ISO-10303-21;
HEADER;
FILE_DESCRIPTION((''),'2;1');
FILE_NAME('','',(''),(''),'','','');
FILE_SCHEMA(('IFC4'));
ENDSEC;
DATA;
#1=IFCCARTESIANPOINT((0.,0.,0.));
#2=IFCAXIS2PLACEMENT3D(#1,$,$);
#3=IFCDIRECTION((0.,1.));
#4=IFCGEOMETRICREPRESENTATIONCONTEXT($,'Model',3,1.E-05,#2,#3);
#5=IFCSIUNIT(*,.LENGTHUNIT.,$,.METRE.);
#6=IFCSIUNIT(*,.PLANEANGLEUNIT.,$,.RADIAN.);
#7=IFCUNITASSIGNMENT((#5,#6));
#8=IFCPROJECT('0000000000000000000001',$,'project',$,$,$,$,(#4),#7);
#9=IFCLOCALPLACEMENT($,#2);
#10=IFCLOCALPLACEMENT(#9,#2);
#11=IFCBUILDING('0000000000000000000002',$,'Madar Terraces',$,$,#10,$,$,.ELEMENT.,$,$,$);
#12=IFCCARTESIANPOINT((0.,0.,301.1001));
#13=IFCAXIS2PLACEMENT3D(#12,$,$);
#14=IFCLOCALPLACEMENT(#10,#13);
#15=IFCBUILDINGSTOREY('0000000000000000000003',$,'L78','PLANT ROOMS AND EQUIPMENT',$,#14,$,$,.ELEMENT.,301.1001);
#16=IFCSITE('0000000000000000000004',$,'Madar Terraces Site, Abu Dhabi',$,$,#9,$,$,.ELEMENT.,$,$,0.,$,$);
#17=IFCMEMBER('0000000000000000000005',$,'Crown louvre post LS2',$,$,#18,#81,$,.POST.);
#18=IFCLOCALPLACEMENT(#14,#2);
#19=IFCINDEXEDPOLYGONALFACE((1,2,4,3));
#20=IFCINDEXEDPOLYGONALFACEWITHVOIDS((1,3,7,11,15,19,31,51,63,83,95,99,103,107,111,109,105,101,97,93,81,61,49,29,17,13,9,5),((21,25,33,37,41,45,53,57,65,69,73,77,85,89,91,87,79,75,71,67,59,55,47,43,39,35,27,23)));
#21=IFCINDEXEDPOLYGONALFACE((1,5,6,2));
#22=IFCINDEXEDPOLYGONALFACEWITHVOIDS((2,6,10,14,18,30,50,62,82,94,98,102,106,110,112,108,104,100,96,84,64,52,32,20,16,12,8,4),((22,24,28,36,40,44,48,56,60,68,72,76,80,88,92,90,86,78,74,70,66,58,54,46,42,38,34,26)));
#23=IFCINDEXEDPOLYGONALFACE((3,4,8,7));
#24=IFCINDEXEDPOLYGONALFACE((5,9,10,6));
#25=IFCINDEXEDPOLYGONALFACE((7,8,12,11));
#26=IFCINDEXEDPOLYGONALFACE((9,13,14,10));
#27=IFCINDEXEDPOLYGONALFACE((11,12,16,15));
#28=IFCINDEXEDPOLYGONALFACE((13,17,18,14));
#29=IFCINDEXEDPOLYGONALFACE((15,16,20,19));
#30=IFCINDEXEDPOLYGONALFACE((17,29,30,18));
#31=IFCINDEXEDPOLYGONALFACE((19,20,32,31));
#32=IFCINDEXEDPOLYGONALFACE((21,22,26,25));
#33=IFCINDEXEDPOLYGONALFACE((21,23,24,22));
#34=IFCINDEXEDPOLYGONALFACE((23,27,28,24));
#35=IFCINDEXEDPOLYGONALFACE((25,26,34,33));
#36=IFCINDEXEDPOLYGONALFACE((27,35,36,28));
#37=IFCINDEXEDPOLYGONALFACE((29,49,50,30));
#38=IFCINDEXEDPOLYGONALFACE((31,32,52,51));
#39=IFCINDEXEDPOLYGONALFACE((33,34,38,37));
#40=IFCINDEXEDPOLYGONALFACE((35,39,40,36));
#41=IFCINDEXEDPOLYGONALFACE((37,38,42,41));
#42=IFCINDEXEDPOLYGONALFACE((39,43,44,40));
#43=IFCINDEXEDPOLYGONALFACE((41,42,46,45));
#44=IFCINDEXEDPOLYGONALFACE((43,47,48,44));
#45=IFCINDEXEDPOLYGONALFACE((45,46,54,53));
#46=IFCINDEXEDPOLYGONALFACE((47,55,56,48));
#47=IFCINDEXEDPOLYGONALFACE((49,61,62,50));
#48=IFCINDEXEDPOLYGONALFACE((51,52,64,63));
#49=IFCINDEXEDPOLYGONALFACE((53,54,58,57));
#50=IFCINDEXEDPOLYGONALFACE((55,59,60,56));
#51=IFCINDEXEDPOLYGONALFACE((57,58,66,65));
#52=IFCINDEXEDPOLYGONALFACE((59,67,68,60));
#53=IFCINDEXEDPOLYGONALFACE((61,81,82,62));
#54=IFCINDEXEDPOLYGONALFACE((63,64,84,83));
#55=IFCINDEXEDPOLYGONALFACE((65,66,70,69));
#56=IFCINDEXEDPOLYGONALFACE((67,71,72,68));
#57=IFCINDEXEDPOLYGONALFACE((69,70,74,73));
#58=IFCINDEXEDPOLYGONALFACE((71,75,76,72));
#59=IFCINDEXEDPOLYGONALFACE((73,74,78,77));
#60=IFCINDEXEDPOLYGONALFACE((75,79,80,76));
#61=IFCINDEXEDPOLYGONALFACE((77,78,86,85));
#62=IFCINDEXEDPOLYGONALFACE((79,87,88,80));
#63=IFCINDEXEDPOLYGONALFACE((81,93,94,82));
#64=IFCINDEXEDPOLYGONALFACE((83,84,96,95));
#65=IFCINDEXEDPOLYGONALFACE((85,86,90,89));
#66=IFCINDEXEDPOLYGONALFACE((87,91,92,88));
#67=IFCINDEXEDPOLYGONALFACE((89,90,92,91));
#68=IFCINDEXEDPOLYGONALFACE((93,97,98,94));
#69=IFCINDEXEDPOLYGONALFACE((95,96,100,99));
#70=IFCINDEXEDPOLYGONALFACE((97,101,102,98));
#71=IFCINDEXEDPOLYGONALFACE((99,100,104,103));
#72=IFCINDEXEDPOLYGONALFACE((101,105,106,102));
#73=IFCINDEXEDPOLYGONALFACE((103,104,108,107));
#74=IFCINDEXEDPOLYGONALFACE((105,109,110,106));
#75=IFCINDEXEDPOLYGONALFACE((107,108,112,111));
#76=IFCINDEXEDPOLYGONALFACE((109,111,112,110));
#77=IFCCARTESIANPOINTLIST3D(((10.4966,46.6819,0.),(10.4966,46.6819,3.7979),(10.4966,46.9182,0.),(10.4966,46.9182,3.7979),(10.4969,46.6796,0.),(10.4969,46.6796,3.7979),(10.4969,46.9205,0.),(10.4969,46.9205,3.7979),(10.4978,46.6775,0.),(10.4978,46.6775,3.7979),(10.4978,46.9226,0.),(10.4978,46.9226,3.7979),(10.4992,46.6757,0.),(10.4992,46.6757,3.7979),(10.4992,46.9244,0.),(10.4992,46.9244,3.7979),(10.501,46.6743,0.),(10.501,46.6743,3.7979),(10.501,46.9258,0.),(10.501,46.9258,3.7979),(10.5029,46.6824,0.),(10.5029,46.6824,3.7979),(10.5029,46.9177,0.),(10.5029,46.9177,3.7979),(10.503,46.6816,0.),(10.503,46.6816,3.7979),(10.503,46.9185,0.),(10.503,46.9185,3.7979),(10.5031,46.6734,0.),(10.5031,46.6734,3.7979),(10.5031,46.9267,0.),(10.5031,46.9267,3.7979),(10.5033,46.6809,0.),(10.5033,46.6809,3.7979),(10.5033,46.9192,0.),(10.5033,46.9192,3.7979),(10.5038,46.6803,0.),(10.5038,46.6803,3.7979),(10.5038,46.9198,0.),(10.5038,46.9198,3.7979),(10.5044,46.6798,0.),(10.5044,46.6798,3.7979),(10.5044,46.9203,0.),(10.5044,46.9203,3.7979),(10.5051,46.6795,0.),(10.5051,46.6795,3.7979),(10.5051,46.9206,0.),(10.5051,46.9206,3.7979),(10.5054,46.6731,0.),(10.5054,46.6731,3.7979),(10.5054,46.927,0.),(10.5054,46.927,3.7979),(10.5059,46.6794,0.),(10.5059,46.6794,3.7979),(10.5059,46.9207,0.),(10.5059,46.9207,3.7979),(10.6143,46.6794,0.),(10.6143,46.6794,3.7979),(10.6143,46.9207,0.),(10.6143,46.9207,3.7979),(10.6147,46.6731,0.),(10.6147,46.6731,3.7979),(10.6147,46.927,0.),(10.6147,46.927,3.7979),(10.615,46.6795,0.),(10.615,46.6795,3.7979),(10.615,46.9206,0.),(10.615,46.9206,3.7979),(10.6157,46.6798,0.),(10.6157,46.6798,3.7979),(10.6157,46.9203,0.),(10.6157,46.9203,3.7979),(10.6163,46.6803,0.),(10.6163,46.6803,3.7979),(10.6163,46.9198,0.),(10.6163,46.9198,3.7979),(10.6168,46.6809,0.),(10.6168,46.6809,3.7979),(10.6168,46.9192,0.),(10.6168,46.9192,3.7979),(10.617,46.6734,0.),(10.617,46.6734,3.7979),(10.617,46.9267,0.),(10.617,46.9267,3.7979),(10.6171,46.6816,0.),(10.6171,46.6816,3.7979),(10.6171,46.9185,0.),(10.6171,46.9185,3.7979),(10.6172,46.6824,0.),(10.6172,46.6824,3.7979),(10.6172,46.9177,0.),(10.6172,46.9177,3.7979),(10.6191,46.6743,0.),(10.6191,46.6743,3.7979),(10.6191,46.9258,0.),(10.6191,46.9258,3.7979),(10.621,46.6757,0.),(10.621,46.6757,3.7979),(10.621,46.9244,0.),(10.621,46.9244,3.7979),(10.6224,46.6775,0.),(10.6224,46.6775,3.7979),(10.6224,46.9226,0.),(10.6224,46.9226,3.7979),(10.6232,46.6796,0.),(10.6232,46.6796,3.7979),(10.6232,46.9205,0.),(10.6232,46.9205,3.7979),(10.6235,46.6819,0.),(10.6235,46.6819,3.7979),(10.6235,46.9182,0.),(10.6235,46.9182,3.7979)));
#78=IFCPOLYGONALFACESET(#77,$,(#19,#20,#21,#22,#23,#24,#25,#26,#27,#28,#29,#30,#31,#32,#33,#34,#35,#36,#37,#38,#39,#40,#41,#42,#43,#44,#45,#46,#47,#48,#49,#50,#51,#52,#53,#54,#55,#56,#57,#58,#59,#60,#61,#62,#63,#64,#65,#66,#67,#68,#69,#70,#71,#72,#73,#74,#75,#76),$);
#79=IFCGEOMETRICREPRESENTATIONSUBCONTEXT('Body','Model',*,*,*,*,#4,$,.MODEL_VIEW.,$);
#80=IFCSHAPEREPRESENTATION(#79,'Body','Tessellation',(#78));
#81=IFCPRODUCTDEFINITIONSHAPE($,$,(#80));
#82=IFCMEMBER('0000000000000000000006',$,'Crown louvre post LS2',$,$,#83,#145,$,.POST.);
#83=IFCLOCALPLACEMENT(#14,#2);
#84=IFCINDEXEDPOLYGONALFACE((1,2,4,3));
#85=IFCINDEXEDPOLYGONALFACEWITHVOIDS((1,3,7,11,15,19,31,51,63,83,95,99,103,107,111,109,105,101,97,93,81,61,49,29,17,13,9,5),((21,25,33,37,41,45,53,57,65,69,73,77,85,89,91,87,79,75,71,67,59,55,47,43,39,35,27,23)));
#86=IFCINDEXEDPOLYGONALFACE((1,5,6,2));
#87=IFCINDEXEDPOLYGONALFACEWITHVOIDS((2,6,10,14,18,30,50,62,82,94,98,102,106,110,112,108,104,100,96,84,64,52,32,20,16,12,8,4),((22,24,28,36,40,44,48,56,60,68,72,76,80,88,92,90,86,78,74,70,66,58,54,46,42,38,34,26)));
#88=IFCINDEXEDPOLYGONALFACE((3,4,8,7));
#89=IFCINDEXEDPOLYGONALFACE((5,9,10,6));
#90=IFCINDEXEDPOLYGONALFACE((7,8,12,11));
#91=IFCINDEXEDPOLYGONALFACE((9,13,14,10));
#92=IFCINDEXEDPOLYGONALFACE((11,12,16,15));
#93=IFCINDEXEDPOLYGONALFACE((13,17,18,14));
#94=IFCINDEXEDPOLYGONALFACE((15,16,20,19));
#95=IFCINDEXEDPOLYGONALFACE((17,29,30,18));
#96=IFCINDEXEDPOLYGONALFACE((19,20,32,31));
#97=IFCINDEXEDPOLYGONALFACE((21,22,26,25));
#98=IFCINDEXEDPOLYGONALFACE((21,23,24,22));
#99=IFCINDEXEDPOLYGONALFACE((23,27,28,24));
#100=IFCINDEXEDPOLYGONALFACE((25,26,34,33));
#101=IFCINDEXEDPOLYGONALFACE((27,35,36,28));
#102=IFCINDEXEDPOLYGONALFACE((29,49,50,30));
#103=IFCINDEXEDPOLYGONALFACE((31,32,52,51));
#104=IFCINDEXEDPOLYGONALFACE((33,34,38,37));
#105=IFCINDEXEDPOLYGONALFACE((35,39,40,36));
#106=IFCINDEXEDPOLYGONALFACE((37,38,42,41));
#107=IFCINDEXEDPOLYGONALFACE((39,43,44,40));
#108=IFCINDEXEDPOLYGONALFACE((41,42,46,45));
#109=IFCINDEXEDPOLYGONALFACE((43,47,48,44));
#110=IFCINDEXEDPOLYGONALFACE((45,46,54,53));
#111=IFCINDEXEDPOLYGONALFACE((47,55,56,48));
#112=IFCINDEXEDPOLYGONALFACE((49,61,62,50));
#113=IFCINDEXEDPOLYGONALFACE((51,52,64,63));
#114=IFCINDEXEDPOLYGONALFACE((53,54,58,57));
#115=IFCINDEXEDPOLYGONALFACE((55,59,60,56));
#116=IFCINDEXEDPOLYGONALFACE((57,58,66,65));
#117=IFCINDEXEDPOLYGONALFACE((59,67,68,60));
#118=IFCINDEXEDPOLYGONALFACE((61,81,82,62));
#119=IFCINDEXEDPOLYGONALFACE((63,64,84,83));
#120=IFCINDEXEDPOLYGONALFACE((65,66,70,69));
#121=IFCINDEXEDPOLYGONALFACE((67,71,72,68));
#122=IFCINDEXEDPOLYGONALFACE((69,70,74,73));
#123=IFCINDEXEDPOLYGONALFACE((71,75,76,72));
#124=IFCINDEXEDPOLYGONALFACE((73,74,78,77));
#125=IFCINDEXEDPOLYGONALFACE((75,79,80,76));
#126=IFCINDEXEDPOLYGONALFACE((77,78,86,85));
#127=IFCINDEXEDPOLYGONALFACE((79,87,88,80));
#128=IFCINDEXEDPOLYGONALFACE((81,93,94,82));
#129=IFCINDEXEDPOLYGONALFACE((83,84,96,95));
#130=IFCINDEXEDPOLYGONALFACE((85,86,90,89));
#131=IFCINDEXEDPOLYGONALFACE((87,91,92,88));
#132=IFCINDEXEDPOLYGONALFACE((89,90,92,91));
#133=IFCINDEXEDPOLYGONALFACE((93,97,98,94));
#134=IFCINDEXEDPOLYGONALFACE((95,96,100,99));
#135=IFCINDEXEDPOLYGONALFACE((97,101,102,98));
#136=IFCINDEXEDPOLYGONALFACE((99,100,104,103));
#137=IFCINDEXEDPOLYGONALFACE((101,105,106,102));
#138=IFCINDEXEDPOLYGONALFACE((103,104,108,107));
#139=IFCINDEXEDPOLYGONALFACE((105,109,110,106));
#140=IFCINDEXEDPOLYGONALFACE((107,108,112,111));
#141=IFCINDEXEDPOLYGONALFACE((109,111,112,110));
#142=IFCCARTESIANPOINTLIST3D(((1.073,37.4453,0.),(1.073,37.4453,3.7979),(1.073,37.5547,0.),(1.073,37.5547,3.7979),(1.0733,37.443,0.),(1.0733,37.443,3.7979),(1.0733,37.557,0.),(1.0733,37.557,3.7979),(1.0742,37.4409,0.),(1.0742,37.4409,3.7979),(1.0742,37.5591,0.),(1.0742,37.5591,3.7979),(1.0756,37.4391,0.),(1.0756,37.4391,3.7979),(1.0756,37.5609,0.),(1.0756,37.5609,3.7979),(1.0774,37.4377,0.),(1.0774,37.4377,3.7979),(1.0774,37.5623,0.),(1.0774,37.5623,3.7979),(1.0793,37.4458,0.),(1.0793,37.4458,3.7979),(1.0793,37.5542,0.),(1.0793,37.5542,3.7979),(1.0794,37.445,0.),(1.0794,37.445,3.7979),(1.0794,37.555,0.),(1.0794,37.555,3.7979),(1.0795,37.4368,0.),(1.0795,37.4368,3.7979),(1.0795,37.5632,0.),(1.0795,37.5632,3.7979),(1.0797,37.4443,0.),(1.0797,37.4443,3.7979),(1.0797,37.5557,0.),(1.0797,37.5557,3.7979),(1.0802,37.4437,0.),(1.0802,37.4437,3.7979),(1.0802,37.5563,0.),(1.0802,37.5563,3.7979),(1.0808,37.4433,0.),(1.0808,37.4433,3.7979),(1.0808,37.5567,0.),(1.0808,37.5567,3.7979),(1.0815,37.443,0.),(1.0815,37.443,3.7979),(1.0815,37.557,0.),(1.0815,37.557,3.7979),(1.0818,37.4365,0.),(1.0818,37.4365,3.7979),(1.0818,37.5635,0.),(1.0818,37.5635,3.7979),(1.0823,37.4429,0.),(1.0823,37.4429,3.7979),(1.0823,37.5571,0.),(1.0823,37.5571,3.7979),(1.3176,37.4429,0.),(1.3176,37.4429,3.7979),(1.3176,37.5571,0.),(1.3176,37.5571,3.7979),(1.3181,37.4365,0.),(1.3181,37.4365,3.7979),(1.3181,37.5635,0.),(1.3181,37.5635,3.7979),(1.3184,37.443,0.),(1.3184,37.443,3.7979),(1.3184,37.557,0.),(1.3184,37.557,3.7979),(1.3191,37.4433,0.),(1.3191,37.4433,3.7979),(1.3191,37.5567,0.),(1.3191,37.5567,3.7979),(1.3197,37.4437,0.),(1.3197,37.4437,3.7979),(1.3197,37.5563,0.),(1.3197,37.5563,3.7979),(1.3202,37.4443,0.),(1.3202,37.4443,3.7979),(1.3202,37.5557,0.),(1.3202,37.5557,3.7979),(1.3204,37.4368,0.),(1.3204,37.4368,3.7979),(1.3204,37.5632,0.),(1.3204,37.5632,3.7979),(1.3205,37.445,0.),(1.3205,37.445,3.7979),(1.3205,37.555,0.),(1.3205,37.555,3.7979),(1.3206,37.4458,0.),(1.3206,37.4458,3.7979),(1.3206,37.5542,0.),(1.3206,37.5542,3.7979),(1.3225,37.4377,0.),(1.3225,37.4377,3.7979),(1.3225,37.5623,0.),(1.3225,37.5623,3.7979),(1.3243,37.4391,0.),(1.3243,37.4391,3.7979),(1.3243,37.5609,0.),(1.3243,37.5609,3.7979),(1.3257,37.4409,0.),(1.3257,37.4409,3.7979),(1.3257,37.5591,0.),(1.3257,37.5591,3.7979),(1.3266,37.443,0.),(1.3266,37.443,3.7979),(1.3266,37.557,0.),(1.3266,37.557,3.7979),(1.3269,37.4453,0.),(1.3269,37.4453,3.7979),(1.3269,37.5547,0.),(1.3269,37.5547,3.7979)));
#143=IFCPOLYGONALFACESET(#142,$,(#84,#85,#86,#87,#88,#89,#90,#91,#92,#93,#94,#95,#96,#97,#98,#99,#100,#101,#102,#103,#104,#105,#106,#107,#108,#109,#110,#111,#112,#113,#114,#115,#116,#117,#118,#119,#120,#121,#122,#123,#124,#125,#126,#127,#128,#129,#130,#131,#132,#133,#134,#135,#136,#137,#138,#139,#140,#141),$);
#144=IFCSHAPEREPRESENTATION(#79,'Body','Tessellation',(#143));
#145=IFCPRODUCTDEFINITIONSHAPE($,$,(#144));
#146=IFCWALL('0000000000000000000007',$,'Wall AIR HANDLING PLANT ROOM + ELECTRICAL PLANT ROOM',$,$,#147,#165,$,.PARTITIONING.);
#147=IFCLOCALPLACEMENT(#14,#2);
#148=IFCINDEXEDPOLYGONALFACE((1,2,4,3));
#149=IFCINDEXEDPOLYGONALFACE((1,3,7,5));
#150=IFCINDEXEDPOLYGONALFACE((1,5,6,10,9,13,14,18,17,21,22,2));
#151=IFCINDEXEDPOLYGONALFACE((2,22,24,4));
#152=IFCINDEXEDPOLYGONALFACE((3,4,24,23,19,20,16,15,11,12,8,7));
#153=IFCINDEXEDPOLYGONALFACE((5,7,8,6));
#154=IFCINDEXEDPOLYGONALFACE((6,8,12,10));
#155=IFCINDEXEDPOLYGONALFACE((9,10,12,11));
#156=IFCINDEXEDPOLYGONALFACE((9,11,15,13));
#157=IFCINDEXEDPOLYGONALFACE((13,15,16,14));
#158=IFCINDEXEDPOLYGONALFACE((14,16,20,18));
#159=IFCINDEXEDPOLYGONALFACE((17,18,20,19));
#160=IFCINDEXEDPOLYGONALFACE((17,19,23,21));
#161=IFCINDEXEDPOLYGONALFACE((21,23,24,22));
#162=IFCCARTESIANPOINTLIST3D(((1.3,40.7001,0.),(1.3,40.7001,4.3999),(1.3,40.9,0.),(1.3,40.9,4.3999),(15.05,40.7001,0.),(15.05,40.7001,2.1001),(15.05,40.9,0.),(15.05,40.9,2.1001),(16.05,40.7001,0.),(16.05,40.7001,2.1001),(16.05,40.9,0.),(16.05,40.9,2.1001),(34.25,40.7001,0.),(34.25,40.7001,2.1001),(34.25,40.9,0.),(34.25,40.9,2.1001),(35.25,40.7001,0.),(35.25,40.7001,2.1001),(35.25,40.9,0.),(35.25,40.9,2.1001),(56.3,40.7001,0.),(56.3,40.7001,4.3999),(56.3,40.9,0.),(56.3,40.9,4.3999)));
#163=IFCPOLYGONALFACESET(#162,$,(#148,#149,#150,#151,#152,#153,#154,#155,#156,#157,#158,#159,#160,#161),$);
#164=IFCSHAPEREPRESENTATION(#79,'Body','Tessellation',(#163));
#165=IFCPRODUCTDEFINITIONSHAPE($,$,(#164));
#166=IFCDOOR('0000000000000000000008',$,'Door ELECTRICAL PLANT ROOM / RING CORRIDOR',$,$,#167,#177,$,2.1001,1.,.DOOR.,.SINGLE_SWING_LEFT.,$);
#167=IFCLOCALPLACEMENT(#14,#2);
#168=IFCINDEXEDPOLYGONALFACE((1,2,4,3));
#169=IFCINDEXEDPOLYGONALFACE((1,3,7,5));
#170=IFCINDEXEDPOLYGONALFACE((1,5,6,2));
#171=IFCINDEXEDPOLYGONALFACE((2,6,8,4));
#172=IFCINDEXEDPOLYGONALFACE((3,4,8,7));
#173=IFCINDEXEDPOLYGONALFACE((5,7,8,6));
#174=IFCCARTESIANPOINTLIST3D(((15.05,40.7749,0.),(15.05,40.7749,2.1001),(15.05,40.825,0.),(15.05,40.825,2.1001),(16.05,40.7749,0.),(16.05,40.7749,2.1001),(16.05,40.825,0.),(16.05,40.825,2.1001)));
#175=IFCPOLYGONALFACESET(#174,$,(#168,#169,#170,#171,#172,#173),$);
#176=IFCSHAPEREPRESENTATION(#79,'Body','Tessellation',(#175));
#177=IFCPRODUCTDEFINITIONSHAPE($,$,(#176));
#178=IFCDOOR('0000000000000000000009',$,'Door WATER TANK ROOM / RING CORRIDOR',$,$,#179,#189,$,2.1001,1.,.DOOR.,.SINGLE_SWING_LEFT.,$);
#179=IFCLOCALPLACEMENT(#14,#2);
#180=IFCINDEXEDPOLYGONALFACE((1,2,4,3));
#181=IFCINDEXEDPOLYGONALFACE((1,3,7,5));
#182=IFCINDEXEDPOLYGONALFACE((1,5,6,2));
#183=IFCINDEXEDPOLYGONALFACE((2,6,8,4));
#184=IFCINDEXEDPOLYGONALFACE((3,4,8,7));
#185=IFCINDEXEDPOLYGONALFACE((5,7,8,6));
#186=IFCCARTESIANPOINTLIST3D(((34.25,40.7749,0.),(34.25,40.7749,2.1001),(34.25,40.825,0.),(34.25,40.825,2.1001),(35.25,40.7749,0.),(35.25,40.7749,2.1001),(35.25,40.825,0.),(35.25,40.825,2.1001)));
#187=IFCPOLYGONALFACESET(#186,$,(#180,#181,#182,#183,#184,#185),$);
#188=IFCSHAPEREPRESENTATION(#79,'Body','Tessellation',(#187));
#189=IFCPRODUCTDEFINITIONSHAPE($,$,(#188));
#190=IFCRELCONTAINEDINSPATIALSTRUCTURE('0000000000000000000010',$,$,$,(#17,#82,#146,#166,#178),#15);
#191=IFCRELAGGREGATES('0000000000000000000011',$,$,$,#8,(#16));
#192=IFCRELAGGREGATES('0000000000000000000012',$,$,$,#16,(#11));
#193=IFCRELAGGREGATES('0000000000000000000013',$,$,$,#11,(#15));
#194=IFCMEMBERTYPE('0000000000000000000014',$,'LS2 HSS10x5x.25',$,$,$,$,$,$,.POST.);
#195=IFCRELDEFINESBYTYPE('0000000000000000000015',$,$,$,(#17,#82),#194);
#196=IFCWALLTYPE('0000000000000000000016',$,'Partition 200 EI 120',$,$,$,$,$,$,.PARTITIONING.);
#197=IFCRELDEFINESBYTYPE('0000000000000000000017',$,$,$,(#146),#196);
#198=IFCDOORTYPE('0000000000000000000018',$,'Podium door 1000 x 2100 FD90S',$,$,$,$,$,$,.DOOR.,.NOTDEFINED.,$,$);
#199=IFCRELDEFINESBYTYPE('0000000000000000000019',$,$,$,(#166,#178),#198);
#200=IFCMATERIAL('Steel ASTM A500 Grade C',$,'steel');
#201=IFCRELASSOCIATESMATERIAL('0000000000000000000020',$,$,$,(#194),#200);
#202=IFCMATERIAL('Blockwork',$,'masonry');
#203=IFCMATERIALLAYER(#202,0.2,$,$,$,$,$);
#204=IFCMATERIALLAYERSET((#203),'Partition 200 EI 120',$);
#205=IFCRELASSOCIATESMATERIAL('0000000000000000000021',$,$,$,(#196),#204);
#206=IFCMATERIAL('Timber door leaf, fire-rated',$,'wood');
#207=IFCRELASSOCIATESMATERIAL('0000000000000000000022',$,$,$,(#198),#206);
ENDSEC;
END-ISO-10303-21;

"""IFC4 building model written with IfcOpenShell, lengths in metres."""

from ifc_helpers import new_model, si_unit, direction, frame, frame_2d, origin, origin_2d, place, context, subcontext, project, spatial, rectangle, hollow_rectangle, extrude, material, layer, layer_set, material_profile, profile_set, type_object, element, fill, save


model = new_model("IFC4")

# Units and contexts
model_context = context("Model", 3, precision=1e-05, world=origin(), true_north=direction((0.0, 1.0)))
body_context = subcontext(model_context, "Body", "Model", "MODEL_VIEW")
ifc_project = project(units=[si_unit("LENGTHUNIT", "METRE"), si_unit("PLANEANGLEUNIT", "RADIAN")], contexts=[model_context])

# Site, building, storey
site_placement = place(None, origin())
site = spatial("IfcSite", under=ifc_project, at=site_placement, Name="Madar Terraces Site, Abu Dhabi", CompositionType="ELEMENT", RefElevation=0.0)
building_placement = place(site_placement, origin())
building = spatial("IfcBuilding", under=site, at=building_placement, Name="Madar Terraces", CompositionType="ELEMENT")
storey_placement = place(building_placement, frame((0.0, 0.0, 301.1001)))
storey = spatial("IfcBuildingStorey", under=building, at=storey_placement, Name="L78", Description="PLANT ROOMS AND EQUIPMENT", CompositionType="ELEMENT", Elevation=301.1001)

# Members
ifc_material_1 = material(Name="Steel ASTM A500 Grade C", Category="steel")
ifc_material_profile_1 = material_profile(ifc_material_1, hollow_rectangle(XDim=0.127, YDim=0.2539, WallThickness=0.0063, InnerFilletRadius=0.0029, OuterFilletRadius=0.0088, at=origin_2d()), Name="HSS10x5x.25")
ifc_profile_set_1 = profile_set([ifc_material_profile_1], Name="Steel ASTM A500 Grade C")
member_type_1 = type_object("IfcMemberType", Name="LS2 HSS10x5x.25", PredefinedType="POST", material=ifc_profile_set_1)
for number, where, z_axis, x_axis, name in (
    (1, (10.5601, 46.8, 0.0), (0.0, 0.0, 1.0), (-1.0, 0.0, 0.0), "Crown louvre post LS2"),
    (2, (1.2, 37.5, 0.0), (0.0, 0.0, 1.0), (0.0, -1.0, 0.0), "Crown louvre post LS2"),
):
    element("IfcMember", number, at=place(storey_placement, frame(where, z_axis=z_axis, x_axis=x_axis)), inside=storey, type_object=member_type_1, Name=name, PredefinedType="POST", context=body_context, shape_type="SweptSolid", body=[
        extrude(hollow_rectangle(XDim=0.127, YDim=0.2539, WallThickness=0.0063, InnerFilletRadius=0.0029, OuterFilletRadius=0.0088, at=origin_2d()), origin(), (0.0, 0.0, 1.0), 3.7979),
    ])

# Wall, openings, doors
ifc_material_2 = material(Name="Blockwork", Category="masonry")
ifc_layer = layer(ifc_material_2, 0.2)
ifc_layer_set = layer_set([ifc_layer], Name="Partition 200 EI 120")
wall_type = type_object("IfcWallType", Name="Partition 200 EI 120", PredefinedType="PARTITIONING", material=ifc_layer_set)
wall_placement = place(storey_placement, frame((1.3, 40.8, 0.0), z_axis=(0.0, 0.0, 1.0), x_axis=(1.0, 0.0, 0.0)))
wall = element("IfcWall", 3, at=wall_placement, inside=storey, type_object=wall_type, Name="Wall AIR HANDLING PLANT ROOM + ELECTRICAL PLANT ROOM", PredefinedType="PARTITIONING", context=body_context, shape_type="SweptSolid", body=[
    extrude(rectangle(XDim=55.0, YDim=0.2, at=frame_2d((27.5, 0.0))), origin(), (0.0, 0.0, 1.0), 4.3999),
])
opening_1_placement = place(wall_placement, frame((13.75, 0.0, 0.0)))
opening_1 = element("IfcOpeningElement", 4, at=opening_1_placement, cuts=wall, PredefinedType="OPENING", context=body_context, shape_type="SweptSolid", body=[
    extrude(rectangle(XDim=1.0, YDim=2.1001, at=frame_2d((0.5, 1.05))), frame((0.0, 0.1099, 0.0), z_axis=(0.0, -1.0, 0.0), x_axis=(1.0, 0.0, 0.0)), (0.0, 0.0, 1.0), 0.22),
])
opening_2_placement = place(wall_placement, frame((32.95, 0.0, 0.0)))
opening_2 = element("IfcOpeningElement", 5, at=opening_2_placement, cuts=wall, PredefinedType="OPENING", context=body_context, shape_type="SweptSolid", body=[
    extrude(rectangle(XDim=1.0, YDim=2.1001, at=frame_2d((0.5, 1.05))), frame((0.0, 0.1099, 0.0), z_axis=(0.0, -1.0, 0.0), x_axis=(1.0, 0.0, 0.0)), (0.0, 0.0, 1.0), 0.22),
])
ifc_material_3 = material(Name="Timber door leaf, fire-rated", Category="wood")
door_type = type_object("IfcDoorType", Name="Podium door 1000 x 2100 FD90S", OperationType="NOTDEFINED", PredefinedType="DOOR", material=ifc_material_3)
door_1_placement = place(opening_1_placement, origin())
door_1 = element("IfcDoor", 6, at=door_1_placement, inside=storey, type_object=door_type, Name="Door ELECTRICAL PLANT ROOM / RING CORRIDOR", OperationType="SINGLE_SWING_LEFT", OverallHeight=2.1001, OverallWidth=1.0, PredefinedType="DOOR", context=body_context, shape_type="SweptSolid", body=[
    extrude(rectangle(XDim=1.0, YDim=2.1001, at=frame_2d((0.5, 1.05))), frame((0.0, 0.0249, 0.0), z_axis=(0.0, -1.0, 0.0), x_axis=(1.0, 0.0, 0.0)), (0.0, 0.0, 1.0), 0.05),
])
fill(opening_1, door_1)
door_2_placement = place(opening_2_placement, origin())
door_2 = element("IfcDoor", 7, at=door_2_placement, inside=storey, type_object=door_type, Name="Door WATER TANK ROOM / RING CORRIDOR", OperationType="SINGLE_SWING_LEFT", OverallHeight=2.1001, OverallWidth=1.0, PredefinedType="DOOR", context=body_context, shape_type="SweptSolid", body=[
    extrude(rectangle(XDim=1.0, YDim=2.1001, at=frame_2d((0.5, 1.05))), frame((0.0, 0.0249, 0.0), z_axis=(0.0, -1.0, 0.0), x_axis=(1.0, 0.0, 0.0)), (0.0, 0.0, 1.0), 0.05),
])
fill(opening_2, door_2)

save(model, "model.ifc")
